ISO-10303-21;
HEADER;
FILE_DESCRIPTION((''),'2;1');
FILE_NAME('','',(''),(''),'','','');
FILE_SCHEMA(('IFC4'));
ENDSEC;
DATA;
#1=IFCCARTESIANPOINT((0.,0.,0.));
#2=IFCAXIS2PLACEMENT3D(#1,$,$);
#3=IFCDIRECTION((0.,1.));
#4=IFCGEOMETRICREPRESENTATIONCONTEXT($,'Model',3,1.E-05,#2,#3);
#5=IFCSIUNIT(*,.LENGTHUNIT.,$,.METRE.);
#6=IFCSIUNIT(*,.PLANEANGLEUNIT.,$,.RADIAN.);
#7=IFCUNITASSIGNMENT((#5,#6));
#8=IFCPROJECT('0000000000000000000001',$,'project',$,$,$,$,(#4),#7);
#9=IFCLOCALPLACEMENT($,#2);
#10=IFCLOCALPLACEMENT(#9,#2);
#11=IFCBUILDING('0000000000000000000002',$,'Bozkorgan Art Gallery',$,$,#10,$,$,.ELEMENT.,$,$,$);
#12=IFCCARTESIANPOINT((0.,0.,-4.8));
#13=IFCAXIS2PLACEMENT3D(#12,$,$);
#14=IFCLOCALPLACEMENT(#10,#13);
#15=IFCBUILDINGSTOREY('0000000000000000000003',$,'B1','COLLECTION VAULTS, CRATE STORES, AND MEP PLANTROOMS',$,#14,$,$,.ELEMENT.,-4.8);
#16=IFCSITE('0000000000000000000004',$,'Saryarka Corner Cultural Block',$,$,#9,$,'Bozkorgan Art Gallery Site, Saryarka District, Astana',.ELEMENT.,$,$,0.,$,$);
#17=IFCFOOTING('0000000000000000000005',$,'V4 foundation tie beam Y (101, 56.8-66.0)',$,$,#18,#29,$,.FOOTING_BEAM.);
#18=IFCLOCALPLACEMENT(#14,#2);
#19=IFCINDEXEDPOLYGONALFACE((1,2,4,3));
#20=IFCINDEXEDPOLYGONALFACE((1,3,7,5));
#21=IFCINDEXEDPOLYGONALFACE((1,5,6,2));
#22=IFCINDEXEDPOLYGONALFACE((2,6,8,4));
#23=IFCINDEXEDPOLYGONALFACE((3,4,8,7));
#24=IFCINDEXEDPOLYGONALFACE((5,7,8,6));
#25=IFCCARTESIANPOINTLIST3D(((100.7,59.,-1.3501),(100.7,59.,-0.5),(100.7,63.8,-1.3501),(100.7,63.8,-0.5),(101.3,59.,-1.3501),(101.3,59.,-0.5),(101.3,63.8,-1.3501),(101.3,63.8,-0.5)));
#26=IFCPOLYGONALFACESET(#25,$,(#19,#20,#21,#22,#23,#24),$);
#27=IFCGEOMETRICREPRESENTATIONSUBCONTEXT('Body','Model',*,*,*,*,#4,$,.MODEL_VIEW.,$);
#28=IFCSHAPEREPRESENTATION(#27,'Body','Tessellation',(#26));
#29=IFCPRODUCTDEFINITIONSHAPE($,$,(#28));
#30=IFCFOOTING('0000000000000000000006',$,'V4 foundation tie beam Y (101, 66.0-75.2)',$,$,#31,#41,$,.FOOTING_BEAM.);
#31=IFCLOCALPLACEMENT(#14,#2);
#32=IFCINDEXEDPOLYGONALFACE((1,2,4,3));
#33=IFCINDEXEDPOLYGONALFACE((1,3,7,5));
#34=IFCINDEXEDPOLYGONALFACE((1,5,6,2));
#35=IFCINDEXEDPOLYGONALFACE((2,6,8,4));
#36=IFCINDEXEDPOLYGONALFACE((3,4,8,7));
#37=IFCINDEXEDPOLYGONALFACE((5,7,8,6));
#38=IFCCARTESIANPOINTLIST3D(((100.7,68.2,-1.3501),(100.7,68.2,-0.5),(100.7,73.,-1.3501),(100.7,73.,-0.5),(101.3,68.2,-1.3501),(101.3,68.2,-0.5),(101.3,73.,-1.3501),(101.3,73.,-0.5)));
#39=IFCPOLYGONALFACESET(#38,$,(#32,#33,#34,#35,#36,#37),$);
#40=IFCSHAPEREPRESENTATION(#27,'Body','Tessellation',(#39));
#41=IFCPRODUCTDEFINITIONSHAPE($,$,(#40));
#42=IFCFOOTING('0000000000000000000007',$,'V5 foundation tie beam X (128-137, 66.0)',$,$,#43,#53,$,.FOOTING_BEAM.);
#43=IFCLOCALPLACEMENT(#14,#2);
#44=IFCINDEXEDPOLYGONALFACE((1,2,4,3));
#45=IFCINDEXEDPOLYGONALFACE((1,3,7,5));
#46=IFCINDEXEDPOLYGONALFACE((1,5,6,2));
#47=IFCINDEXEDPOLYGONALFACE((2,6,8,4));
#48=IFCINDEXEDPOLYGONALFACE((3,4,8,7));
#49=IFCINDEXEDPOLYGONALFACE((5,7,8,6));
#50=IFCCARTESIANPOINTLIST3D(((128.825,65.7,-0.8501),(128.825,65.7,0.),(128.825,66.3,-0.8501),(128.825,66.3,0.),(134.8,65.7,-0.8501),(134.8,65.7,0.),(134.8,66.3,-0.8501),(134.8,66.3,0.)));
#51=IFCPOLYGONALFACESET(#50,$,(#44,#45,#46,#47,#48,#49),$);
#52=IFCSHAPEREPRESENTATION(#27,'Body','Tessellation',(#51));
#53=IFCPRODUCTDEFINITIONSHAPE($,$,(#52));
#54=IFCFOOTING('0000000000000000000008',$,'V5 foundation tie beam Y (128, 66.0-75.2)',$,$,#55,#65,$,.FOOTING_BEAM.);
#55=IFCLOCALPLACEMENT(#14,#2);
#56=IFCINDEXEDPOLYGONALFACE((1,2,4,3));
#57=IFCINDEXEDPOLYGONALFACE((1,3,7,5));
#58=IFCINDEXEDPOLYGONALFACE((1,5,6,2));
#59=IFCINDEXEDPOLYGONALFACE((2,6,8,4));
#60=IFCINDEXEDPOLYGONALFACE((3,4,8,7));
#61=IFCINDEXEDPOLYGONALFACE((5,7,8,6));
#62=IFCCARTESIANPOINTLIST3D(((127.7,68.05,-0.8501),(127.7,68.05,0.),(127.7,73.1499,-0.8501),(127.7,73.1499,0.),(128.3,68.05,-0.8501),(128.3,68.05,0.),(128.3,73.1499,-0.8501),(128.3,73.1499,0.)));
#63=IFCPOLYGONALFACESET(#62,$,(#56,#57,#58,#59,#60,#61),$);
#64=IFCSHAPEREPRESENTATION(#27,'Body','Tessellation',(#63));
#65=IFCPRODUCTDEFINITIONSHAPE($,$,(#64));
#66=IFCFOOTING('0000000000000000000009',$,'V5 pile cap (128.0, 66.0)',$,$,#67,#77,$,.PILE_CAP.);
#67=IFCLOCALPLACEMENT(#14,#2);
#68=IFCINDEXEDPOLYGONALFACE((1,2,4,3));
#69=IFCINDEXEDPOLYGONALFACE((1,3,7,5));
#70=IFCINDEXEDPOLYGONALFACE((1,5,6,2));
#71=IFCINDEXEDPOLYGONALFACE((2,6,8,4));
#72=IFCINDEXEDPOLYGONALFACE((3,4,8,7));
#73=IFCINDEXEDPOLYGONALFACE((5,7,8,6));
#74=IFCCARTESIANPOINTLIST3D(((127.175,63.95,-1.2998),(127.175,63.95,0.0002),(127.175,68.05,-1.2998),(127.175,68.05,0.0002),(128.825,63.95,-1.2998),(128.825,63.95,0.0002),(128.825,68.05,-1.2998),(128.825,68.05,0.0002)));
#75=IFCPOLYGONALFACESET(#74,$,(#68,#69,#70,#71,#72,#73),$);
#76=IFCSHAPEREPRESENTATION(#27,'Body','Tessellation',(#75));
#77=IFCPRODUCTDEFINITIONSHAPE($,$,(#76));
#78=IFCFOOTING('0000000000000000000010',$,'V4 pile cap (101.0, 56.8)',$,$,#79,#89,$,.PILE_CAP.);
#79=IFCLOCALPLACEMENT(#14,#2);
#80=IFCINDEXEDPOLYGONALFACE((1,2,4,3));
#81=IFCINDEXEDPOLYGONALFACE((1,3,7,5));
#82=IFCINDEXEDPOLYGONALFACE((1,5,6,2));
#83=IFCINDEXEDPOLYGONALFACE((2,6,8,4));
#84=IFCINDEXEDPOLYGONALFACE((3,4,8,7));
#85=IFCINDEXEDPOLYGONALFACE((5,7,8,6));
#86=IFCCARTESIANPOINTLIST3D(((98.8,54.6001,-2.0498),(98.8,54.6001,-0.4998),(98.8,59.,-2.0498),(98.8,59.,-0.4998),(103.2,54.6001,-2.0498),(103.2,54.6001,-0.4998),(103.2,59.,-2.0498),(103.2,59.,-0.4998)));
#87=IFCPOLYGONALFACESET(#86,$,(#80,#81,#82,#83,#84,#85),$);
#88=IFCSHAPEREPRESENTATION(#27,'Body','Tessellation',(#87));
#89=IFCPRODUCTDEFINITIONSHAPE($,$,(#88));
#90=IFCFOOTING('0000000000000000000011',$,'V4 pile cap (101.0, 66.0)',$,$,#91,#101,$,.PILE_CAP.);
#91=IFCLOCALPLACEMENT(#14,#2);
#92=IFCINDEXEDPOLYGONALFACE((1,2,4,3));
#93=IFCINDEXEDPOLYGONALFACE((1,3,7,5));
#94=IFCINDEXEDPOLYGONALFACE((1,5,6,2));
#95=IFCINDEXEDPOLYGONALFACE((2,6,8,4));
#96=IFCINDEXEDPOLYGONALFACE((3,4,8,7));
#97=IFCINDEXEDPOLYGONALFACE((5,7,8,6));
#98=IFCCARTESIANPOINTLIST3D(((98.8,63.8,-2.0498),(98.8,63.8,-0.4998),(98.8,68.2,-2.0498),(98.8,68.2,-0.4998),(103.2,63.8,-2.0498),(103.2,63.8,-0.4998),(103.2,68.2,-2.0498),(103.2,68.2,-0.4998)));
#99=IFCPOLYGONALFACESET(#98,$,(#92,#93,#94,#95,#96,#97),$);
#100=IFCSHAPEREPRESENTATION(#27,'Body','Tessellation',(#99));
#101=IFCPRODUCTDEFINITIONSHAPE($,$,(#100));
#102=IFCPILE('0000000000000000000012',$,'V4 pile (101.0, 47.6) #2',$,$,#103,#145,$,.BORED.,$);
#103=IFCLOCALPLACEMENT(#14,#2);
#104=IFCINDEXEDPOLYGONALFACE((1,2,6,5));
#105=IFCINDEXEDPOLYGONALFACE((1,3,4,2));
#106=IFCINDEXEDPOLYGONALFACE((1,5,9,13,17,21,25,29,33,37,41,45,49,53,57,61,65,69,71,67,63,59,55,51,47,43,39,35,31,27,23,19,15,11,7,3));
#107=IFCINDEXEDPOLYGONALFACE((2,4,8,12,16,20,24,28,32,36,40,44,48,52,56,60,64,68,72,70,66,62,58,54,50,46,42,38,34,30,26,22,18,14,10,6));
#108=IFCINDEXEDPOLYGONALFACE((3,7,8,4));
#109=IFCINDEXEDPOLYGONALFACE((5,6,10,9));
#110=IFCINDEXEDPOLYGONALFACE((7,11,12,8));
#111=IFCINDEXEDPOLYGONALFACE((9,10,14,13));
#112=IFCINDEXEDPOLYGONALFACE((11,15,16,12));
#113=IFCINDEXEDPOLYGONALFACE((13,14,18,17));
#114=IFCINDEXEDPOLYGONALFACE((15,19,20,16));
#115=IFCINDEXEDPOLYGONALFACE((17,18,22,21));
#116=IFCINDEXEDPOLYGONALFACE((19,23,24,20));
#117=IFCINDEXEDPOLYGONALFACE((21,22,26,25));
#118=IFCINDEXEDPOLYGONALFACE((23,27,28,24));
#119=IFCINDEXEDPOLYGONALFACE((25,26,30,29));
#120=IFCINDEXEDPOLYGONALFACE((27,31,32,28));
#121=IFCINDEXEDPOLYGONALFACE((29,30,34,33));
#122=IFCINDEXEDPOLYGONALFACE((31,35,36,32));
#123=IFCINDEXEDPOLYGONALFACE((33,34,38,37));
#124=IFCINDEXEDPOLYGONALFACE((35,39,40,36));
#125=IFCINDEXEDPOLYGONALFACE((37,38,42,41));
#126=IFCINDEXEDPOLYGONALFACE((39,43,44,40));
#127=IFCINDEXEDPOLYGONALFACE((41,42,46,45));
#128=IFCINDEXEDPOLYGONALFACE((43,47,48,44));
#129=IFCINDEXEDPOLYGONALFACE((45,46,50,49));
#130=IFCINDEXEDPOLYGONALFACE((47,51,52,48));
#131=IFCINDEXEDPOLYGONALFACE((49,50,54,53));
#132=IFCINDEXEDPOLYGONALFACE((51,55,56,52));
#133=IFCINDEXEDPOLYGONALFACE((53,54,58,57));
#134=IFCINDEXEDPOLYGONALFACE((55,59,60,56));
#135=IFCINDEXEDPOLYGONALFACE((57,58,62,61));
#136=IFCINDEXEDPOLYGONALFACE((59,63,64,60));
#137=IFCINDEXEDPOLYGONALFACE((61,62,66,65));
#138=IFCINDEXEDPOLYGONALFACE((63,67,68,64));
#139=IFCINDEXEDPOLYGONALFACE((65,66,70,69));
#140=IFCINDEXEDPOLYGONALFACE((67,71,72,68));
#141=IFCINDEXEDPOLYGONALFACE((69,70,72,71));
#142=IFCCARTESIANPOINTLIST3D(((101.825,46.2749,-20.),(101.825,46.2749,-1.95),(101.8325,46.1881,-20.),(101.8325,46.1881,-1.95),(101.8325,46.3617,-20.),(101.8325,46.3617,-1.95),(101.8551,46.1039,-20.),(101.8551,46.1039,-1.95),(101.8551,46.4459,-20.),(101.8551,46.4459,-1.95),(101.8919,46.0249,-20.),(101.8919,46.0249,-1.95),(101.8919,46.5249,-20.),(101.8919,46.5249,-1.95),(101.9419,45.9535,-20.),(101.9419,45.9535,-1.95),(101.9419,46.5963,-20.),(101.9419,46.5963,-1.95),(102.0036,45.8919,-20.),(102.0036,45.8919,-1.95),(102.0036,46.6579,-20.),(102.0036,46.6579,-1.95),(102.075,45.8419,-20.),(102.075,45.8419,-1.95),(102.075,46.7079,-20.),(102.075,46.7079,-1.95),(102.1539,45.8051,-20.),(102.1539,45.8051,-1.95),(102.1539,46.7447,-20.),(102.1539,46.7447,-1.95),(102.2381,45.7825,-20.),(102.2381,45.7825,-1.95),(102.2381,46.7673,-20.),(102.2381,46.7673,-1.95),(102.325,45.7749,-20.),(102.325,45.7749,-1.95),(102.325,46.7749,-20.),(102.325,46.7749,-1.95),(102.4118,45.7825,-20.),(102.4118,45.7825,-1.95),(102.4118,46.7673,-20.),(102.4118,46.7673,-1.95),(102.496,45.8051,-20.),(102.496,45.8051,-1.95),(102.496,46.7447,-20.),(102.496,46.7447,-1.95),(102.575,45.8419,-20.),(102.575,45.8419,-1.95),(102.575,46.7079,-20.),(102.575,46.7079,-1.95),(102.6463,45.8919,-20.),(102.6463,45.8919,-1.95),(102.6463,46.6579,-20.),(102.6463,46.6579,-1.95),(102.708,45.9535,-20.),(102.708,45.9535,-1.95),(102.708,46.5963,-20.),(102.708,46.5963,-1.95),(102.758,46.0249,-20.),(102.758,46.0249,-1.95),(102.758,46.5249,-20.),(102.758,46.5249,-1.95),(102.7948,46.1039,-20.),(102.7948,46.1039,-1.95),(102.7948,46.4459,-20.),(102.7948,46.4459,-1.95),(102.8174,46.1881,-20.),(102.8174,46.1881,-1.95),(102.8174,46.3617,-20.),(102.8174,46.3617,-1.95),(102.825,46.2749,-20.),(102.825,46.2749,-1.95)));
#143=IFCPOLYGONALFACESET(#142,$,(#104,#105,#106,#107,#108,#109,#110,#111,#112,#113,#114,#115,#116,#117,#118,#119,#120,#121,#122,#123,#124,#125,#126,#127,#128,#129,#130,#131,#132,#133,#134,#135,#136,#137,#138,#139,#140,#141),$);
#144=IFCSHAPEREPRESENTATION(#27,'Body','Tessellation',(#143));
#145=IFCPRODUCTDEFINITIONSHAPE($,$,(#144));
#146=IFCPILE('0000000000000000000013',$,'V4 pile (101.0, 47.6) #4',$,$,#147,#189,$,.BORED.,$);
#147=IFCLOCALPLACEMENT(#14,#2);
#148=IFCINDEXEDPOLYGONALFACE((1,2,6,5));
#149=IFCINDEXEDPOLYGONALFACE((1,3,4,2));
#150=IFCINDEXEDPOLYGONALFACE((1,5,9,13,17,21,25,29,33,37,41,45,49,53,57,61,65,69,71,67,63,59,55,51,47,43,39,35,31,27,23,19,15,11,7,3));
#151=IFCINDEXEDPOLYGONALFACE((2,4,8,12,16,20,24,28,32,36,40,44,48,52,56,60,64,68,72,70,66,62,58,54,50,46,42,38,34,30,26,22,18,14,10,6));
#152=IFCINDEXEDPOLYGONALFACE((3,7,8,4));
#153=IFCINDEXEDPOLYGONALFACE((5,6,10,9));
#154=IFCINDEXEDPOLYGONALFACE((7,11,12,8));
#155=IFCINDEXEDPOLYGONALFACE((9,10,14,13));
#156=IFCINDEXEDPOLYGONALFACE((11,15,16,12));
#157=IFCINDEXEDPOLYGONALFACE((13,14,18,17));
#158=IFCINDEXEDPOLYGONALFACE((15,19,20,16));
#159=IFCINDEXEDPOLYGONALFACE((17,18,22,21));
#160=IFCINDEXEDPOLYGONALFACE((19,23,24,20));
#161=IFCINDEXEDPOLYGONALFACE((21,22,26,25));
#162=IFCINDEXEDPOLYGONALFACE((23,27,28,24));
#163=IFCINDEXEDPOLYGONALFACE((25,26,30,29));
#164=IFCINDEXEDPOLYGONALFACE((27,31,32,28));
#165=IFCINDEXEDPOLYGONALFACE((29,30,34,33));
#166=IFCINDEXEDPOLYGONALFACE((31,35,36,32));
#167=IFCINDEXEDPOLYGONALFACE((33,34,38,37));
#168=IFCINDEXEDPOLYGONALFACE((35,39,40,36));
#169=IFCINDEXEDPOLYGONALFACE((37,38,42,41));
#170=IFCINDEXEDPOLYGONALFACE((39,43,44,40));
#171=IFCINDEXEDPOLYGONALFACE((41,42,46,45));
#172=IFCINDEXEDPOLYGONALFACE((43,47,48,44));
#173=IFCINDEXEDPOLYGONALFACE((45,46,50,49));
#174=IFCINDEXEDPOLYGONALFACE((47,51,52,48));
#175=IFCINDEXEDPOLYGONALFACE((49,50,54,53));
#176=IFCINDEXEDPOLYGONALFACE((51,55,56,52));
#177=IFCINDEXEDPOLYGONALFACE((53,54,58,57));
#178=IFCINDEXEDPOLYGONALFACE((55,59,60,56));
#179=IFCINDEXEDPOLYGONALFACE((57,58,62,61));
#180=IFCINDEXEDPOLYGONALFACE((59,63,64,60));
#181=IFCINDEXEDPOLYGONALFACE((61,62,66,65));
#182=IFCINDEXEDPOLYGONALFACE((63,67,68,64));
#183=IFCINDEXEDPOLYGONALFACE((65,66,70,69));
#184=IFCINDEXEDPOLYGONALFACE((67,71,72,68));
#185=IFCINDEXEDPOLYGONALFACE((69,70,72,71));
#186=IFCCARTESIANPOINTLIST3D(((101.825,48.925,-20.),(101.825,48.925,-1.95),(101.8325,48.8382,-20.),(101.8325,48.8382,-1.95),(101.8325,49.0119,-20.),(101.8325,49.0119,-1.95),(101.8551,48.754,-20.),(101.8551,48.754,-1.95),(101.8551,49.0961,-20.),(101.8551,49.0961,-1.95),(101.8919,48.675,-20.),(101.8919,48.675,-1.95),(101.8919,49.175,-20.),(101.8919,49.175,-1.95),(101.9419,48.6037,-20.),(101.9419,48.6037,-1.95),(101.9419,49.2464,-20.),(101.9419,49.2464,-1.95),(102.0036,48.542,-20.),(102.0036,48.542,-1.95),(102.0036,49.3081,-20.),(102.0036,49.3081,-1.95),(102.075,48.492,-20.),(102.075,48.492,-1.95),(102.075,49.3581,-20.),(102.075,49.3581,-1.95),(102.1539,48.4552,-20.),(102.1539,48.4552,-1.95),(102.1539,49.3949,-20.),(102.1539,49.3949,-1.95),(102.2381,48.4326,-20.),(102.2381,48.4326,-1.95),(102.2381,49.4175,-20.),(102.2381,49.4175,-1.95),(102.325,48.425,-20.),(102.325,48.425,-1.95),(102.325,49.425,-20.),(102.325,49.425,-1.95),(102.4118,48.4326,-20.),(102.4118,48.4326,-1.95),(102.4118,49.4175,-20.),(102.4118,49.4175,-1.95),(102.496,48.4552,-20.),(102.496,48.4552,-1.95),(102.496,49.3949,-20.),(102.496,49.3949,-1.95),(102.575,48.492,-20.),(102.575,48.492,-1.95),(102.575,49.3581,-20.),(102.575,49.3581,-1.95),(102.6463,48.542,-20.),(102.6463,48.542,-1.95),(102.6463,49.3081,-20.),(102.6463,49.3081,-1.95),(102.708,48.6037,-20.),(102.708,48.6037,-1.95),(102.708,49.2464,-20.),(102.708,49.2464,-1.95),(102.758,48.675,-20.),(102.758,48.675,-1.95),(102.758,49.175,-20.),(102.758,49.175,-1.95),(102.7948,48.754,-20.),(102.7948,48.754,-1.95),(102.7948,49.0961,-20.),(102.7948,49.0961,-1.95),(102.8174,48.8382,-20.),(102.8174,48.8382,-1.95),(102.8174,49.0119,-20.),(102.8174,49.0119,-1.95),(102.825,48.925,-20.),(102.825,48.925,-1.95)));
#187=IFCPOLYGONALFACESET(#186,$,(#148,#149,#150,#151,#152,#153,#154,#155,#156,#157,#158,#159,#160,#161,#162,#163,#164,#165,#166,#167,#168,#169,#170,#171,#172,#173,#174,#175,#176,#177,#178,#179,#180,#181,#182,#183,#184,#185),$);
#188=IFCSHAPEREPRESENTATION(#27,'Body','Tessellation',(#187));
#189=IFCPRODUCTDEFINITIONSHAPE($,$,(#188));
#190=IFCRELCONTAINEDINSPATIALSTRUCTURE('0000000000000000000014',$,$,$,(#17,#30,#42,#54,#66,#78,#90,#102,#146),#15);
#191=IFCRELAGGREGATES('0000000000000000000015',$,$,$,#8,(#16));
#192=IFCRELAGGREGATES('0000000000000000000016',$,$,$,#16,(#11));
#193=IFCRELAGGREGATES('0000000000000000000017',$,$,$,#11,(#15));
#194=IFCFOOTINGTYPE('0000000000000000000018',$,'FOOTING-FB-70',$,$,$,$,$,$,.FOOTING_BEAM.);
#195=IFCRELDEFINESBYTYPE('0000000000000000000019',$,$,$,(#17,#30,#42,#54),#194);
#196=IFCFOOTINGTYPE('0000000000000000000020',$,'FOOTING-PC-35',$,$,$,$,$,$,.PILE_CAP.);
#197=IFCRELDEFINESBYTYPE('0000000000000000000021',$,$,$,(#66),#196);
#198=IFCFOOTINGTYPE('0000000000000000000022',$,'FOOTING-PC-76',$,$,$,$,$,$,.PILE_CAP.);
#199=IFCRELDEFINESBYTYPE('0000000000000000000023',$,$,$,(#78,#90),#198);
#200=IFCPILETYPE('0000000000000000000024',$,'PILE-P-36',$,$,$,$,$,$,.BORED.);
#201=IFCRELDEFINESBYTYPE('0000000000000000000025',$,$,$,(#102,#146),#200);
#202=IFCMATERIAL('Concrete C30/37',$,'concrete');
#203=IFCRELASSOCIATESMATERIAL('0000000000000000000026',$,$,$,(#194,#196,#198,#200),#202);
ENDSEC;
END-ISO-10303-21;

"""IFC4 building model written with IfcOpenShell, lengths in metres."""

from ifc_helpers import new_model, si_unit, direction, frame, origin, origin_2d, place, context, subcontext, project, spatial, rectangle, circle, extrude, material, material_profile, profile_set, type_object, element, save


model = new_model("IFC4")

# Units and contexts
model_context = context("Model", 3, precision=1e-05, world=origin(), true_north=direction((0.0, 1.0)))
body_context = subcontext(model_context, "Body", "Model", "MODEL_VIEW")
ifc_project = project(units=[si_unit("LENGTHUNIT", "METRE"), si_unit("PLANEANGLEUNIT", "RADIAN")], contexts=[model_context])

# Site, building, storey
site_placement = place(None, origin())
site = spatial("IfcSite", under=ifc_project, at=site_placement, Name="Saryarka Corner Cultural Block", LongName="Bozkorgan Art Gallery Site, Saryarka District, Astana", CompositionType="ELEMENT", RefElevation=0.0)
building_placement = place(site_placement, origin())
building = spatial("IfcBuilding", under=site, at=building_placement, Name="Bozkorgan Art Gallery", CompositionType="ELEMENT")
storey_placement = place(building_placement, frame((0.0, 0.0, -4.8)))
storey = spatial("IfcBuildingStorey", under=building, at=storey_placement, Name="B1", Description="COLLECTION VAULTS, CRATE STORES, AND MEP PLANTROOMS", CompositionType="ELEMENT", Elevation=-4.8)

# Footings
ifc_material_1 = material(Name="Concrete C30/37", Category="concrete")
ifc_material_profile_1 = material_profile(ifc_material_1, rectangle(XDim=0.6001, YDim=0.8501, at=origin_2d()), Name="FND 600x850")
ifc_profile_set_1 = profile_set([ifc_material_profile_1], Name="Concrete C30/37")
footing_type_1 = type_object("IfcFootingType", Name="FOOTING-FB-70", PredefinedType="FOOTING_BEAM", material=ifc_profile_set_1)
for number, where, z_axis, x_axis, name in (
    (1, (101.0, 59.0, -0.925), (0.0, 1.0, 0.0), (-1.0, 0.0, 0.0), "V4 foundation tie beam Y (101, 56.8-66.0)"),
    (2, (101.0, 68.2, -0.925), (0.0, 1.0, 0.0), (-1.0, 0.0, 0.0), "V4 foundation tie beam Y (101, 66.0-75.2)"),
):
    element("IfcFooting", number, at=place(storey_placement, frame(where, z_axis=z_axis, x_axis=x_axis)), inside=storey, type_object=footing_type_1, Name=name, PredefinedType="FOOTING_BEAM", context=body_context, shape_type="SweptSolid", body=[
        extrude(rectangle(XDim=0.6001, YDim=0.8501, at=origin_2d()), origin(), (0.0, 0.0, 1.0), 4.8),
    ])
footing_1_placement = place(storey_placement, frame((128.825, 66.0, -0.425), z_axis=(1.0, 0.0, 0.0), x_axis=(0.0, 1.0, 0.0)))
element("IfcFooting", 3, at=footing_1_placement, inside=storey, type_object=footing_type_1, Name="V5 foundation tie beam X (128-137, 66.0)", PredefinedType="FOOTING_BEAM", context=body_context, shape_type="SweptSolid", body=[
    extrude(rectangle(XDim=0.6001, YDim=0.8501, at=origin_2d()), origin(), (0.0, 0.0, 1.0), 5.9751),
])
footing_2_placement = place(storey_placement, frame((128.0, 68.05, -0.425), z_axis=(0.0, 1.0, 0.0), x_axis=(-1.0, 0.0, 0.0)))
element("IfcFooting", 4, at=footing_2_placement, inside=storey, type_object=footing_type_1, Name="V5 foundation tie beam Y (128, 66.0-75.2)", PredefinedType="FOOTING_BEAM", context=body_context, shape_type="SweptSolid", body=[
    extrude(rectangle(XDim=0.6001, YDim=0.8501, at=origin_2d()), origin(), (0.0, 0.0, 1.0), 5.0999),
])
footing_type_2 = type_object("IfcFootingType", Name="FOOTING-PC-35", PredefinedType="PILE_CAP", material=ifc_material_1)
footing_3_placement = place(storey_placement, frame((128.0, 66.0, -1.2998), z_axis=(0.0, 0.0, 1.0), x_axis=(1.0, 0.0, 0.0)))
element("IfcFooting", 5, at=footing_3_placement, inside=storey, type_object=footing_type_2, Name="V5 pile cap (128.0, 66.0)", PredefinedType="PILE_CAP", context=body_context, shape_type="SweptSolid", body=[
    extrude(rectangle(XDim=1.6499, YDim=4.1001, at=origin_2d()), origin(), (0.0, 0.0, 1.0), 1.3),
])
footing_type_3 = type_object("IfcFootingType", Name="FOOTING-PC-76", PredefinedType="PILE_CAP", material=ifc_material_1)
for number, where, z_axis, x_axis, name in (
    (6, (101.0, 56.8, -2.0498), (0.0, 0.0, 1.0), (1.0, 0.0, 0.0), "V4 pile cap (101.0, 56.8)"),
    (7, (101.0, 66.0, -2.0498), (0.0, 0.0, 1.0), (1.0, 0.0, 0.0), "V4 pile cap (101.0, 66.0)"),
):
    element("IfcFooting", number, at=place(storey_placement, frame(where, z_axis=z_axis, x_axis=x_axis)), inside=storey, type_object=footing_type_3, Name=name, PredefinedType="PILE_CAP", context=body_context, shape_type="SweptSolid", body=[
        extrude(rectangle(XDim=4.3999, YDim=4.3999, at=origin_2d()), origin(), (0.0, 0.0, 1.0), 1.55),
    ])

# Piles
ifc_material_profile_2 = material_profile(ifc_material_1, circle(Radius=0.5, at=origin_2d()), Name="PILE D1000")
ifc_profile_set_2 = profile_set([ifc_material_profile_2], Name="Concrete C30/37")
pile_type_1 = type_object("IfcPileType", Name="PILE-P-36", PredefinedType="BORED", material=ifc_profile_set_2)
for number, where, z_axis, x_axis, name in (
    (8, (102.325, 46.2749, -1.95), (0.0, 0.0, -1.0), (1.0, 0.0, 0.0), "V4 pile (101.0, 47.6) #2"),
    (9, (102.325, 48.925, -1.95), (0.0, 0.0, -1.0), (1.0, 0.0, 0.0), "V4 pile (101.0, 47.6) #4"),
):
    element("IfcPile", number, at=place(storey_placement, frame(where, z_axis=z_axis, x_axis=x_axis)), inside=storey, type_object=pile_type_1, Name=name, PredefinedType="BORED", context=body_context, shape_type="SweptSolid", body=[
        extrude(circle(Radius=0.5, at=origin_2d()), origin(), (0.0, 0.0, 1.0), 18.05),
    ])

save(model, "model.ifc")
